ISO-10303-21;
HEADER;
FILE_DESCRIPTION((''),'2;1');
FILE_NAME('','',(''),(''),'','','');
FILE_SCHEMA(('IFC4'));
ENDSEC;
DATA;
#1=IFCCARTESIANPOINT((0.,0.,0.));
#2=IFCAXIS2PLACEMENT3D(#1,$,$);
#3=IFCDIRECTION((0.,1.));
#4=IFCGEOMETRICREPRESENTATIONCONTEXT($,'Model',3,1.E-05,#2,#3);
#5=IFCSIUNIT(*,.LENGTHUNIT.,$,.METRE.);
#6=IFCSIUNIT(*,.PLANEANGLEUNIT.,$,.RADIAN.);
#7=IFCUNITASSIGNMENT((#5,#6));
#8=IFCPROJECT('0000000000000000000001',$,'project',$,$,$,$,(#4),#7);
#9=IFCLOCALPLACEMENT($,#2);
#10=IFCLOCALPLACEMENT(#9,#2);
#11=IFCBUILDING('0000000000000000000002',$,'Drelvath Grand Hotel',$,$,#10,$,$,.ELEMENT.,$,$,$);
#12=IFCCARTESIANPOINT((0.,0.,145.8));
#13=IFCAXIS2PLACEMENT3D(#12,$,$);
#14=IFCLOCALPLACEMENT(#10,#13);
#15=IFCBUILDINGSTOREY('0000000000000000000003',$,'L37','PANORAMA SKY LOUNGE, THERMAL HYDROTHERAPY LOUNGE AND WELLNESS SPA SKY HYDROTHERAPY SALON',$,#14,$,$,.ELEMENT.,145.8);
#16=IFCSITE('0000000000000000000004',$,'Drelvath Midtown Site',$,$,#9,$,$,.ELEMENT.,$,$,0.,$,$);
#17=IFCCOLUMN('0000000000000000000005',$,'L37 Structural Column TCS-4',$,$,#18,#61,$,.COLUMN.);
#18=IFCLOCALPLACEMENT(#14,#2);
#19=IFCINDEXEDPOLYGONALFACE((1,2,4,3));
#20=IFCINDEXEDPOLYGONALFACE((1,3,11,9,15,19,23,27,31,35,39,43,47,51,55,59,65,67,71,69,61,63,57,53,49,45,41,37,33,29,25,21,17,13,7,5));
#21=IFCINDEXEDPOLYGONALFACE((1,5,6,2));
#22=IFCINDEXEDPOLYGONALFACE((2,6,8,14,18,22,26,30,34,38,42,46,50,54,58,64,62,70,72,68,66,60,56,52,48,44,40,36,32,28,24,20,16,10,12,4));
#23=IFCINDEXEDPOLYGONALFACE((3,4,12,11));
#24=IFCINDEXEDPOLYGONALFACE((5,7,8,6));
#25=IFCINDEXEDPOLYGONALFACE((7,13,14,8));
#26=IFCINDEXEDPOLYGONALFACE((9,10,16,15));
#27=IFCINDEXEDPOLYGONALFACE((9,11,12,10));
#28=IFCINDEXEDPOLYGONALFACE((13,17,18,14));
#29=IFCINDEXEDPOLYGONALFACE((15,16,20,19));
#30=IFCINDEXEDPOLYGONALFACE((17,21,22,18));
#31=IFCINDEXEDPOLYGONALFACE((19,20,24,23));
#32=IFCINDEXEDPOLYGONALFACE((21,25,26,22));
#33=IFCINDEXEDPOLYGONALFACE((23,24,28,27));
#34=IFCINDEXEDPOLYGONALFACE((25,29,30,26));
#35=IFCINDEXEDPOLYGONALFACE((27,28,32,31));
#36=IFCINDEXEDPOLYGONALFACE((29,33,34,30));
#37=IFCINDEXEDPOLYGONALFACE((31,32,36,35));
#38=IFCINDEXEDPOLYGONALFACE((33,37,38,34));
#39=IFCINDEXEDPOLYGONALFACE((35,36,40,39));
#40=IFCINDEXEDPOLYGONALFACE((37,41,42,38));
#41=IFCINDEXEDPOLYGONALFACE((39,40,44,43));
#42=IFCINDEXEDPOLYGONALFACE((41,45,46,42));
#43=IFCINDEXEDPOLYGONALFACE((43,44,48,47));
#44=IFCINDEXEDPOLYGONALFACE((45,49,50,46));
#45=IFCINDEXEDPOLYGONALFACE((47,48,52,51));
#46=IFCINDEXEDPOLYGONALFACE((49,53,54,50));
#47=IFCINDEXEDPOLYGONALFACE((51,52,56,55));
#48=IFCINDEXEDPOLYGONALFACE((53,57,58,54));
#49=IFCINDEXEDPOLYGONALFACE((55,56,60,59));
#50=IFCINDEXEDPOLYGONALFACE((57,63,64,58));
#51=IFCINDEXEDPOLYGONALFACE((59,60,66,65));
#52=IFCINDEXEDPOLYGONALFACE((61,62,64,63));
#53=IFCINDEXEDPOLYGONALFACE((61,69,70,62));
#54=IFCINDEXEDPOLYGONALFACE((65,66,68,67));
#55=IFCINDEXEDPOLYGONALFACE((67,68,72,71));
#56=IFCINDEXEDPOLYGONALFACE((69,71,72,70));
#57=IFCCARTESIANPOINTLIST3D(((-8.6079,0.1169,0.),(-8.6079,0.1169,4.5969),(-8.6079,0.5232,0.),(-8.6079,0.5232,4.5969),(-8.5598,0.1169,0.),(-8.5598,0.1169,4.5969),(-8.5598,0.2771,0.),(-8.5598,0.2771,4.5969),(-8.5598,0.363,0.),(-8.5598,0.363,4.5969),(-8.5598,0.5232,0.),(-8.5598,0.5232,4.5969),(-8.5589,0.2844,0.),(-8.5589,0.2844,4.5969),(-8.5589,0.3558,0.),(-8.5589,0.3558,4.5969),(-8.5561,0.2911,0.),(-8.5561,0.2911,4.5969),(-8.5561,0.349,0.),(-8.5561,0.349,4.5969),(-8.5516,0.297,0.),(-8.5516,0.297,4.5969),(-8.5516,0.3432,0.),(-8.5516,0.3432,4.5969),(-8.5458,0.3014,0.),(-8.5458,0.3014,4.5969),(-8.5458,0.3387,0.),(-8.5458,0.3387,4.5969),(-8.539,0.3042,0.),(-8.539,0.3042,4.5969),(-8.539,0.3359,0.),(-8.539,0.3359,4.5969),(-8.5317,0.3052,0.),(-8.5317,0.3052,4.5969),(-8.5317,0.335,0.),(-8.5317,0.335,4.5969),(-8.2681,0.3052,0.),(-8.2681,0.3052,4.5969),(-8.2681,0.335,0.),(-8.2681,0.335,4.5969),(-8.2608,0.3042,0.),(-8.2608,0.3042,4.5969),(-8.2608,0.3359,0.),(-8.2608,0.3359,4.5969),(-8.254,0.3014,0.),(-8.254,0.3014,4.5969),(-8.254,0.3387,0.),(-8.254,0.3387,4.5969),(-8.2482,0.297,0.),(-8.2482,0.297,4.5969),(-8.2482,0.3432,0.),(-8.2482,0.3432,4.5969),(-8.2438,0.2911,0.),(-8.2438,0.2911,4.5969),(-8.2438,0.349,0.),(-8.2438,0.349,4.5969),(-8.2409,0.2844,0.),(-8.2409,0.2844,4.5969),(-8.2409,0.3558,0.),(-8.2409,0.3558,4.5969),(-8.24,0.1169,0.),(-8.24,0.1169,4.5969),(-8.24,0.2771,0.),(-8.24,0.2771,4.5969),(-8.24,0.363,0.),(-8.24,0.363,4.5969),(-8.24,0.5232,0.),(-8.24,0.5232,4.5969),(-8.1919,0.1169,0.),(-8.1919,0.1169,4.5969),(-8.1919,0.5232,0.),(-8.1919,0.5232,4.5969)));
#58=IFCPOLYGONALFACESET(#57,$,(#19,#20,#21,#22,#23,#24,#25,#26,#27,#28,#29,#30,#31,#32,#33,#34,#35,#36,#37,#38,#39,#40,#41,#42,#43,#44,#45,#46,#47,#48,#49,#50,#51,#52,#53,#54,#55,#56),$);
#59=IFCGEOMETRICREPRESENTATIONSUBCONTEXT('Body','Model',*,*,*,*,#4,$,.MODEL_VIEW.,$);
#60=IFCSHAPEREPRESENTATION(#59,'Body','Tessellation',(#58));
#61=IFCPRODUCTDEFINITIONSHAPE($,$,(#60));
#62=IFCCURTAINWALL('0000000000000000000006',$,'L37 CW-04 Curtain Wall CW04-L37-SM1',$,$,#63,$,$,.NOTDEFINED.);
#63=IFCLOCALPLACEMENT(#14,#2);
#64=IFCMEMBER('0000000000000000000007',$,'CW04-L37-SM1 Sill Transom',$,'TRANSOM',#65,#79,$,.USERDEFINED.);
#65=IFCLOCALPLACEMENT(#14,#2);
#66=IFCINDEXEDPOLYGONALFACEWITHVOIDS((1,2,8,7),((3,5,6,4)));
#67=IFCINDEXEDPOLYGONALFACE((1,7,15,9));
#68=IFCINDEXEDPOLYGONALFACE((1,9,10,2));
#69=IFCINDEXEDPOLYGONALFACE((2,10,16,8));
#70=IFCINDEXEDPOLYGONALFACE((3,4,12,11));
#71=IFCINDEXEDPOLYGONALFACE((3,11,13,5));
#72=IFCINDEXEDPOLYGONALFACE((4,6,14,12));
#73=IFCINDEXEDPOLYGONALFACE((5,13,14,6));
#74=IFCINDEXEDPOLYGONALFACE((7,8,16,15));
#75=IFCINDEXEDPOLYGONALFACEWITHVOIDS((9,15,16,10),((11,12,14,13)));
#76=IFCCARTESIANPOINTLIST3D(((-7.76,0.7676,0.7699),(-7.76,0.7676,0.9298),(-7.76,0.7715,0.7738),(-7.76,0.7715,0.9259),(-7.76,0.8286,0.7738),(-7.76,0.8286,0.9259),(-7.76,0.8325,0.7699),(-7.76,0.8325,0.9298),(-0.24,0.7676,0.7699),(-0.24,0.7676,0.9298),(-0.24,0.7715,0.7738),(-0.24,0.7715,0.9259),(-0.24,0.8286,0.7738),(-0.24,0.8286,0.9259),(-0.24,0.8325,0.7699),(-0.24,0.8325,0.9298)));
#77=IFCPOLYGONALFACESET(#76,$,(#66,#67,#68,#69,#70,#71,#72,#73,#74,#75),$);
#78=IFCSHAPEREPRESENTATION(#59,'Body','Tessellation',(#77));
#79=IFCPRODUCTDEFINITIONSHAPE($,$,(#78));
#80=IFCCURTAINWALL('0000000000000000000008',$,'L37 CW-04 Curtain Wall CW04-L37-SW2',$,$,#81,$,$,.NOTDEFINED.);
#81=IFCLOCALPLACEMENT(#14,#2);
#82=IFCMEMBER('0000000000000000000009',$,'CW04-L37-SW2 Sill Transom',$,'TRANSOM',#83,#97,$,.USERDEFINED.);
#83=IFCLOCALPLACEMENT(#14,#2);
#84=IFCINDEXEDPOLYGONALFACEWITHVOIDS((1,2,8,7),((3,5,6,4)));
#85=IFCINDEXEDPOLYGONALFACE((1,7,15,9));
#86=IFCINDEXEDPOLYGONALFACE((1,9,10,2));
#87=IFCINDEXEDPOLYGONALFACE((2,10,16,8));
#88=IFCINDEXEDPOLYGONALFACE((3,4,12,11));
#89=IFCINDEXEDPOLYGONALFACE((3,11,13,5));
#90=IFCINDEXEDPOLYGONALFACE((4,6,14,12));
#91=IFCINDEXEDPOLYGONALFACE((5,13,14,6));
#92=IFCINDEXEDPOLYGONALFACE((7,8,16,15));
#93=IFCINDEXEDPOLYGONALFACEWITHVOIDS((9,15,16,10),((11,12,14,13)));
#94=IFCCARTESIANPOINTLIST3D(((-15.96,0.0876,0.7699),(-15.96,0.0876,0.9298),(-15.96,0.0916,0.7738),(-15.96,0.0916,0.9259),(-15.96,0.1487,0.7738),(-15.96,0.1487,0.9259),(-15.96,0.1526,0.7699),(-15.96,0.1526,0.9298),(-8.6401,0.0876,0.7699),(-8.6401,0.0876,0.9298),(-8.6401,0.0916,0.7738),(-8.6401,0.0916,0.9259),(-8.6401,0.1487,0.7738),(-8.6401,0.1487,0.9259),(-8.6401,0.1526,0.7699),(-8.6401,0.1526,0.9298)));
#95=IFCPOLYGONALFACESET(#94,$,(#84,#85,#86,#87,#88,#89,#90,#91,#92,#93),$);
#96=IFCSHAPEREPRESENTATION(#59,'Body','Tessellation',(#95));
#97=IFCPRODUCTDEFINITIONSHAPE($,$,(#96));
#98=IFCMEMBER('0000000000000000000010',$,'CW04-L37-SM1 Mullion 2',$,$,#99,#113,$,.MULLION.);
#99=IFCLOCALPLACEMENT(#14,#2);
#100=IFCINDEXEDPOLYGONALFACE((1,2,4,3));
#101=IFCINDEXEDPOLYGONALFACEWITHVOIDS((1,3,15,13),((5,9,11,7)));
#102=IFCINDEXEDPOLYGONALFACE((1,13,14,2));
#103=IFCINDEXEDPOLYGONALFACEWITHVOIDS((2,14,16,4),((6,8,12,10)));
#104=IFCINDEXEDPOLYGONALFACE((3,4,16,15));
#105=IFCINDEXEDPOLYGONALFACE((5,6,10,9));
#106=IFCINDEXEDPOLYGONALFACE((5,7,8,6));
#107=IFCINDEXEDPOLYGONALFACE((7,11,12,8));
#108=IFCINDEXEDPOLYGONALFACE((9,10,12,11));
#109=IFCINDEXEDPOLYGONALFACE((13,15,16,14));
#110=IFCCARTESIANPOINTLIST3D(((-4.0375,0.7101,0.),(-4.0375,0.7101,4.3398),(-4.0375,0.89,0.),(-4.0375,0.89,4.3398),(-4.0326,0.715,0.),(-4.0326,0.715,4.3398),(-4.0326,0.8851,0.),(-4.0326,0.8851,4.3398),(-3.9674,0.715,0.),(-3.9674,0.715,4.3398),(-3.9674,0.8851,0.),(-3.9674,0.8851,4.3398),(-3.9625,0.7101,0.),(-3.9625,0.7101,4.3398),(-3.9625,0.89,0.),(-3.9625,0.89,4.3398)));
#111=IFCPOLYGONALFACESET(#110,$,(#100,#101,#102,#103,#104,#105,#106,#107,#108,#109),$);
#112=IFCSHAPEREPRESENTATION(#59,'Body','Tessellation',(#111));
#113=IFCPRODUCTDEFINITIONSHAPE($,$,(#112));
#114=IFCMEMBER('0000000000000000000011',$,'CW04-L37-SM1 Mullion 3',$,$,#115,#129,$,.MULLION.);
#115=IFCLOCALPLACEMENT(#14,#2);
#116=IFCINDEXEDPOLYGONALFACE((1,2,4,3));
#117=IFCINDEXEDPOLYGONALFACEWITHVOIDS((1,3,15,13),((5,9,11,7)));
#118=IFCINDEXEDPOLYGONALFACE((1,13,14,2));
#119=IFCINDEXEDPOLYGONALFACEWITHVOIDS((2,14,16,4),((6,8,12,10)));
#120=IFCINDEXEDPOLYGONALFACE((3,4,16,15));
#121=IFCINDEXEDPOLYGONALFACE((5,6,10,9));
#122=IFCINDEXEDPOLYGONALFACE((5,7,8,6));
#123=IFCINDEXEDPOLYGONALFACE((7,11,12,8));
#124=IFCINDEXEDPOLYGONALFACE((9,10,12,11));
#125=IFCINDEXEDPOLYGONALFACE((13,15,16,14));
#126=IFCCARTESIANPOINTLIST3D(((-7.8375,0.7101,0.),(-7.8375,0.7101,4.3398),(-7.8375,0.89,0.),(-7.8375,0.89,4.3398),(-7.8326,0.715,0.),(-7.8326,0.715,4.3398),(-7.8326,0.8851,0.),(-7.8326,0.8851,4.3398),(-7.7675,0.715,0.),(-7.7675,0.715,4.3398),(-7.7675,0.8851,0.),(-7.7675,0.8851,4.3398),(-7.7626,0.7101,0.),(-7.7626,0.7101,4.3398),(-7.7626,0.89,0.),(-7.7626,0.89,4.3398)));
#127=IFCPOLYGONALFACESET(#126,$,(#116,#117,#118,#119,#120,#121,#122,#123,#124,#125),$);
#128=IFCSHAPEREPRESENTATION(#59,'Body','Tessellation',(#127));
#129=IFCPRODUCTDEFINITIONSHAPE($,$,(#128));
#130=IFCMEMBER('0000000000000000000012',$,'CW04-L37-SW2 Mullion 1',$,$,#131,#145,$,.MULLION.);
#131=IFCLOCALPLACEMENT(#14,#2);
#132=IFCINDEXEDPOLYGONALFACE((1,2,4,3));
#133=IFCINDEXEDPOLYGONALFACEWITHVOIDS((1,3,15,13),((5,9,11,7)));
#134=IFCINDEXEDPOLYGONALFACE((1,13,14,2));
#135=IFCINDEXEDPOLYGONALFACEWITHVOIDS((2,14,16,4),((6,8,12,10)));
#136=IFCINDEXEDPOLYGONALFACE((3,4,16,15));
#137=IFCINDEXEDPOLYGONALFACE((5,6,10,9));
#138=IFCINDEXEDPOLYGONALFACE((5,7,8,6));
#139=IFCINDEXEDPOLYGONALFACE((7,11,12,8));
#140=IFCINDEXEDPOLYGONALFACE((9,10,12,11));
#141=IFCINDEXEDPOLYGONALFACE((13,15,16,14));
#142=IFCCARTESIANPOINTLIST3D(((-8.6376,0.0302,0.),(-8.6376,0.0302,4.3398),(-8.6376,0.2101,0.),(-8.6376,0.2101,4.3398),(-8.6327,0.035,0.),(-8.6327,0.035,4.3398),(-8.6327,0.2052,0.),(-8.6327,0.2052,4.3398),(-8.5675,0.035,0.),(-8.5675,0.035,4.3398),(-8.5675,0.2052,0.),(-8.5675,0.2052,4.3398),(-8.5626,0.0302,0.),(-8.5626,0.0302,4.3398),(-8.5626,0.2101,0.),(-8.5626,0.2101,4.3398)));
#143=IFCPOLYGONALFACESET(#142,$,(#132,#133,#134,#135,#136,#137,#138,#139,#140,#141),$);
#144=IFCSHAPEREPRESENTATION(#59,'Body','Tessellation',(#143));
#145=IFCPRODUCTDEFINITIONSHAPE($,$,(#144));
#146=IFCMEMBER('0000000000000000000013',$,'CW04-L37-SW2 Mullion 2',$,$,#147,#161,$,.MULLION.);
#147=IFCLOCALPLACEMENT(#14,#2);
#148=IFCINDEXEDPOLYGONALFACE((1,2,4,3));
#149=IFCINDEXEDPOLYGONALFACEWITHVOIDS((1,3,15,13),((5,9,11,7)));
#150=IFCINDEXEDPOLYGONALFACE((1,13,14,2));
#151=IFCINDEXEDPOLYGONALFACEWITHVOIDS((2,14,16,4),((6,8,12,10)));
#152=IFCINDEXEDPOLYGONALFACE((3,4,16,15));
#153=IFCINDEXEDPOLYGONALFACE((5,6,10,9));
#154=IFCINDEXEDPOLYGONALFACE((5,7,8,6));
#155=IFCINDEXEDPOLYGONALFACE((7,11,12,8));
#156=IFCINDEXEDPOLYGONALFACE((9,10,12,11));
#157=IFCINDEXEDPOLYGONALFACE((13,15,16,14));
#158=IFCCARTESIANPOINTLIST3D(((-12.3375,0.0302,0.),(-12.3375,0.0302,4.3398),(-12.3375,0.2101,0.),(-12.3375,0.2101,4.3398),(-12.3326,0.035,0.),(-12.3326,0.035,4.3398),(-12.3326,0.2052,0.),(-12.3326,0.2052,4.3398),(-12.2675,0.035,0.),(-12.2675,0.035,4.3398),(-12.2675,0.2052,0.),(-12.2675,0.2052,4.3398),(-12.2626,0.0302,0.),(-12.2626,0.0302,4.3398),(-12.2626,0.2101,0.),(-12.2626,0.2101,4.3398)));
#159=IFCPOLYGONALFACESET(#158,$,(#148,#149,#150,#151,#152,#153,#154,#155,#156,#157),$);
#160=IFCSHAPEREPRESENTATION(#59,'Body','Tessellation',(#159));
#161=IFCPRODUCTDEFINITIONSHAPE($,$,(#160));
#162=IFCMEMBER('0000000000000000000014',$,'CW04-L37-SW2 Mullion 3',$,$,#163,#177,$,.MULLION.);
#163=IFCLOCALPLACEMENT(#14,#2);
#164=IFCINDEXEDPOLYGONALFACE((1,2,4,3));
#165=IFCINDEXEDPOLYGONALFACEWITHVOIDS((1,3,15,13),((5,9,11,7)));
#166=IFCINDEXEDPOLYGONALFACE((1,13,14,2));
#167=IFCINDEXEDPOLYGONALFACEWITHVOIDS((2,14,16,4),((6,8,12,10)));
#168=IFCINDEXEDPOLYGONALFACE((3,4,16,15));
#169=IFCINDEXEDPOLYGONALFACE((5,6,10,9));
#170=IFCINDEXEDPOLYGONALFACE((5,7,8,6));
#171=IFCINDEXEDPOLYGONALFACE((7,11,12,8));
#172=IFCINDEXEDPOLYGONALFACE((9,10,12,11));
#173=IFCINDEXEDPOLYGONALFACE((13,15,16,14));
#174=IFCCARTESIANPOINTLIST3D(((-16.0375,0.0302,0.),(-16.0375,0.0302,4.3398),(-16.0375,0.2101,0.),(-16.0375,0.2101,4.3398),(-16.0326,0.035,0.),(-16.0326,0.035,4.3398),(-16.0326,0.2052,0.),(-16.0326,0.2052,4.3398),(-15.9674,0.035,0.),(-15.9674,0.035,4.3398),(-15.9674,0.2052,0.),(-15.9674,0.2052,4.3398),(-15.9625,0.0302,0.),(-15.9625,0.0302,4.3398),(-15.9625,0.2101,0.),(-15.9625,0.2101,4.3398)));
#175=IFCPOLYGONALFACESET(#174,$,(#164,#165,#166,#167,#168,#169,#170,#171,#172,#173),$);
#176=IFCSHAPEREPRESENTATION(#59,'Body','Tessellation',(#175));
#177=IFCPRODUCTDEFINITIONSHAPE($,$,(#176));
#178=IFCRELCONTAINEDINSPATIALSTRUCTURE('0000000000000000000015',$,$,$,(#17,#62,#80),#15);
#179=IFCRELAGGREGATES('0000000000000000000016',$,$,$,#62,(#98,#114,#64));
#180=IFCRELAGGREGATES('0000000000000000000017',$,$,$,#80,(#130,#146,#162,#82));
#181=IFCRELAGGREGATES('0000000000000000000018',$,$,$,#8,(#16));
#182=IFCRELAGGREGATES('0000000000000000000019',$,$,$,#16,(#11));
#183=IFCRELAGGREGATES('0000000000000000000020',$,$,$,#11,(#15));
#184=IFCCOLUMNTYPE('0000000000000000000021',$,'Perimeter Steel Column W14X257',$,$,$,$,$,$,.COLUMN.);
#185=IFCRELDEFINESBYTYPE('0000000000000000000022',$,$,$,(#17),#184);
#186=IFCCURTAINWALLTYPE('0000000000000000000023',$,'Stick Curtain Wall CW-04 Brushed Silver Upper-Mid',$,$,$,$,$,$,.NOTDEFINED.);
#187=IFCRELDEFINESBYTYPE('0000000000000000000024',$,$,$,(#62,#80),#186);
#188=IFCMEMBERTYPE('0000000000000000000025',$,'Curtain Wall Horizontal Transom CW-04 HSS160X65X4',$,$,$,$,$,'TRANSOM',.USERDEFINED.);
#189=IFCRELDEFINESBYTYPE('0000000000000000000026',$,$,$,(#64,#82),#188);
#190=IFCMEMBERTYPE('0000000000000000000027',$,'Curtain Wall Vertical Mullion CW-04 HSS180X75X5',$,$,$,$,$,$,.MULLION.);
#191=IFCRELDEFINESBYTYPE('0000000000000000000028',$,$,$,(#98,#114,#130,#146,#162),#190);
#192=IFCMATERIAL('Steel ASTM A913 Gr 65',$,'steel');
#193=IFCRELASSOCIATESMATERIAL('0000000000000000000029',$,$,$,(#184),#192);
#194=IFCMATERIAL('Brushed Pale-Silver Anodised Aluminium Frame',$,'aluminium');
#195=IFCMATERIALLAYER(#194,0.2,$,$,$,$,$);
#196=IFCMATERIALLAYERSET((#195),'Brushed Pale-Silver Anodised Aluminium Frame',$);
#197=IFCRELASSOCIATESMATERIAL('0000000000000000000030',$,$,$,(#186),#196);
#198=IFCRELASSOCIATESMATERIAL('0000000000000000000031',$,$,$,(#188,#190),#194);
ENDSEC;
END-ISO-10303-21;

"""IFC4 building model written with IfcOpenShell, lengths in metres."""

from ifc_helpers import new_model, si_unit, direction, frame, origin, origin_2d, place, context, subcontext, project, spatial, hollow_rectangle, i_section, extrude, material, layer, layer_set, material_profile, profile_set, type_object, element, aggregate, save


model = new_model("IFC4")

# Units and contexts
model_context = context("Model", 3, precision=1e-05, world=origin(), true_north=direction((0.0, 1.0)))
body_context = subcontext(model_context, "Body", "Model", "MODEL_VIEW")
ifc_project = project(units=[si_unit("LENGTHUNIT", "METRE"), si_unit("PLANEANGLEUNIT", "RADIAN")], contexts=[model_context])

# Site, building, storey
site_placement = place(None, origin())
site = spatial("IfcSite", under=ifc_project, at=site_placement, Name="Drelvath Midtown Site", CompositionType="ELEMENT", RefElevation=0.0)
building_placement = place(site_placement, origin())
building = spatial("IfcBuilding", under=site, at=building_placement, Name="Drelvath Grand Hotel", CompositionType="ELEMENT")
storey_placement = place(building_placement, frame((0.0, 0.0, 145.8)))
storey = spatial("IfcBuildingStorey", under=building, at=storey_placement, Name="L37", Description="PANORAMA SKY LOUNGE, THERMAL HYDROTHERAPY LOUNGE AND WELLNESS SPA SKY HYDROTHERAPY SALON", CompositionType="ELEMENT", Elevation=145.8)

# Column
ifc_material_1 = material(Name="Steel ASTM A913 Gr 65", Category="steel")
ifc_material_profile_1 = material_profile(ifc_material_1, i_section(OverallWidth=0.4062, OverallDepth=0.416, WebThickness=0.0298, FlangeThickness=0.0481, FilletRadius=0.0281, at=origin_2d()), Name="W14X257")
ifc_profile_set_1 = profile_set([ifc_material_profile_1], Name="Steel ASTM A913 Gr 65")
column_type = type_object("IfcColumnType", Name="Perimeter Steel Column W14X257", PredefinedType="COLUMN", material=ifc_profile_set_1)
column_placement = place(storey_placement, frame((-8.3999, 0.3201, 0.0), z_axis=(0.0, 0.0, 1.0), x_axis=(0.0, 1.0, 0.0)))
element("IfcColumn", 1, at=column_placement, inside=storey, type_object=column_type, Name="L37 Structural Column TCS-4", PredefinedType="COLUMN", context=body_context, shape_type="SweptSolid", body=[
    extrude(i_section(OverallWidth=0.4062, OverallDepth=0.416, WebThickness=0.0298, FlangeThickness=0.0481, FilletRadius=0.0281, at=origin_2d()), origin(), (0.0, 0.0, 1.0), 4.5969),
])

# Curtain walls, members
ifc_material_2 = material(Name="Brushed Pale-Silver Anodised Aluminium Frame", Category="aluminium")
ifc_layer_1 = layer(ifc_material_2, 0.2)
ifc_layer_set_1 = layer_set([ifc_layer_1], Name="Brushed Pale-Silver Anodised Aluminium Frame")
curtain_wall_type = type_object("IfcCurtainWallType", Name="Stick Curtain Wall CW-04 Brushed Silver Upper-Mid", PredefinedType="NOTDEFINED", material=ifc_layer_set_1)
curtain_wall_1_placement = place(storey_placement, origin())
curtain_wall_1 = element("IfcCurtainWall", 2, at=curtain_wall_1_placement, inside=storey, type_object=curtain_wall_type, Name="L37 CW-04 Curtain Wall CW04-L37-SM1", PredefinedType="NOTDEFINED")
ifc_material_profile_2 = material_profile(ifc_material_2, hollow_rectangle(XDim=0.0649, YDim=0.1599, WallThickness=0.0039, at=origin_2d()), Name="HSS160X65X4")
ifc_profile_set_2 = profile_set([ifc_material_profile_2], Name="Brushed Pale-Silver Anodised Aluminium Frame")
member_type_1 = type_object("IfcMemberType", Name="Curtain Wall Horizontal Transom CW-04 HSS160X65X4", ElementType="TRANSOM", PredefinedType="USERDEFINED", material=ifc_profile_set_2)
member_1_placement = place(storey_placement, frame((-0.24, 0.8, 0.8499), z_axis=(-1.0, 0.0, 0.0), x_axis=(0.0, -1.0, 0.0)))
member_1 = element("IfcMember", 3, at=member_1_placement, type_object=member_type_1, Name="CW04-L37-SM1 Sill Transom", ObjectType="TRANSOM", PredefinedType="USERDEFINED", context=body_context, shape_type="SweptSolid", body=[
    extrude(hollow_rectangle(XDim=0.0649, YDim=0.1599, WallThickness=0.0039, at=origin_2d()), origin(), (0.0, 0.0, 1.0), 7.52),
])
curtain_wall_2_placement = place(storey_placement, origin())
curtain_wall_2 = element("IfcCurtainWall", 4, at=curtain_wall_2_placement, inside=storey, type_object=curtain_wall_type, Name="L37 CW-04 Curtain Wall CW04-L37-SW2", PredefinedType="NOTDEFINED")
member_2_placement = place(storey_placement, frame((-8.6401, 0.1201, 0.8499), z_axis=(-1.0, 0.0, 0.0), x_axis=(0.0, -1.0, 0.0)))
member_2 = element("IfcMember", 5, at=member_2_placement, type_object=member_type_1, Name="CW04-L37-SW2 Sill Transom", ObjectType="TRANSOM", PredefinedType="USERDEFINED", context=body_context, shape_type="SweptSolid", body=[
    extrude(hollow_rectangle(XDim=0.0649, YDim=0.1599, WallThickness=0.0039, at=origin_2d()), origin(), (0.0, 0.0, 1.0), 7.3198),
])

# Members
ifc_material_profile_3 = material_profile(ifc_material_2, hollow_rectangle(XDim=0.075, YDim=0.1799, WallThickness=0.0049, at=origin_2d()), Name="HSS180X75X5")
ifc_profile_set_3 = profile_set([ifc_material_profile_3], Name="Brushed Pale-Silver Anodised Aluminium Frame")
member_type_2 = type_object("IfcMemberType", Name="Curtain Wall Vertical Mullion CW-04 HSS180X75X5", PredefinedType="MULLION", material=ifc_profile_set_3)
member_3_placement = place(storey_placement, frame((-4.0, 0.8, 0.0), z_axis=(0.0, 0.0, 1.0), x_axis=(1.0, 0.0, 0.0)))
member_3 = element("IfcMember", 6, at=member_3_placement, type_object=member_type_2, Name="CW04-L37-SM1 Mullion 2", PredefinedType="MULLION", context=body_context, shape_type="SweptSolid", body=[
    extrude(hollow_rectangle(XDim=0.075, YDim=0.1799, WallThickness=0.0049, at=origin_2d()), origin(), (0.0, 0.0, 1.0), 4.3398),
])
member_4_placement = place(storey_placement, frame((-7.8, 0.8, 0.0), z_axis=(0.0, 0.0, 1.0), x_axis=(1.0, 0.0, 0.0)))
member_4 = element("IfcMember", 7, at=member_4_placement, type_object=member_type_2, Name="CW04-L37-SM1 Mullion 3", PredefinedType="MULLION", context=body_context, shape_type="SweptSolid", body=[
    extrude(hollow_rectangle(XDim=0.075, YDim=0.1799, WallThickness=0.0049, at=origin_2d()), origin(), (0.0, 0.0, 1.0), 4.3398),
])
member_5_placement = place(storey_placement, frame((-8.6001, 0.1201, 0.0), z_axis=(0.0, 0.0, 1.0), x_axis=(1.0, 0.0, 0.0)))
member_5 = element("IfcMember", 8, at=member_5_placement, type_object=member_type_2, Name="CW04-L37-SW2 Mullion 1", PredefinedType="MULLION", context=body_context, shape_type="SweptSolid", body=[
    extrude(hollow_rectangle(XDim=0.075, YDim=0.1799, WallThickness=0.0049, at=origin_2d()), origin(), (0.0, 0.0, 1.0), 4.3398),
])
member_6_placement = place(storey_placement, frame((-12.3, 0.1201, 0.0), z_axis=(0.0, 0.0, 1.0), x_axis=(1.0, 0.0, 0.0)))
member_6 = element("IfcMember", 9, at=member_6_placement, type_object=member_type_2, Name="CW04-L37-SW2 Mullion 2", PredefinedType="MULLION", context=body_context, shape_type="SweptSolid", body=[
    extrude(hollow_rectangle(XDim=0.075, YDim=0.1799, WallThickness=0.0049, at=origin_2d()), origin(), (0.0, 0.0, 1.0), 4.3398),
])
member_7_placement = place(storey_placement, frame((-16.0, 0.1201, 0.0), z_axis=(0.0, 0.0, 1.0), x_axis=(1.0, 0.0, 0.0)))
member_7 = element("IfcMember", 10, at=member_7_placement, type_object=member_type_2, Name="CW04-L37-SW2 Mullion 3", PredefinedType="MULLION", context=body_context, shape_type="SweptSolid", body=[
    extrude(hollow_rectangle(XDim=0.075, YDim=0.1799, WallThickness=0.0049, at=origin_2d()), origin(), (0.0, 0.0, 1.0), 4.3398),
])

aggregate(curtain_wall_1, [member_3, member_4, member_1])
aggregate(curtain_wall_2, [member_5, member_6, member_7, member_2])

save(model, "model.ifc")
